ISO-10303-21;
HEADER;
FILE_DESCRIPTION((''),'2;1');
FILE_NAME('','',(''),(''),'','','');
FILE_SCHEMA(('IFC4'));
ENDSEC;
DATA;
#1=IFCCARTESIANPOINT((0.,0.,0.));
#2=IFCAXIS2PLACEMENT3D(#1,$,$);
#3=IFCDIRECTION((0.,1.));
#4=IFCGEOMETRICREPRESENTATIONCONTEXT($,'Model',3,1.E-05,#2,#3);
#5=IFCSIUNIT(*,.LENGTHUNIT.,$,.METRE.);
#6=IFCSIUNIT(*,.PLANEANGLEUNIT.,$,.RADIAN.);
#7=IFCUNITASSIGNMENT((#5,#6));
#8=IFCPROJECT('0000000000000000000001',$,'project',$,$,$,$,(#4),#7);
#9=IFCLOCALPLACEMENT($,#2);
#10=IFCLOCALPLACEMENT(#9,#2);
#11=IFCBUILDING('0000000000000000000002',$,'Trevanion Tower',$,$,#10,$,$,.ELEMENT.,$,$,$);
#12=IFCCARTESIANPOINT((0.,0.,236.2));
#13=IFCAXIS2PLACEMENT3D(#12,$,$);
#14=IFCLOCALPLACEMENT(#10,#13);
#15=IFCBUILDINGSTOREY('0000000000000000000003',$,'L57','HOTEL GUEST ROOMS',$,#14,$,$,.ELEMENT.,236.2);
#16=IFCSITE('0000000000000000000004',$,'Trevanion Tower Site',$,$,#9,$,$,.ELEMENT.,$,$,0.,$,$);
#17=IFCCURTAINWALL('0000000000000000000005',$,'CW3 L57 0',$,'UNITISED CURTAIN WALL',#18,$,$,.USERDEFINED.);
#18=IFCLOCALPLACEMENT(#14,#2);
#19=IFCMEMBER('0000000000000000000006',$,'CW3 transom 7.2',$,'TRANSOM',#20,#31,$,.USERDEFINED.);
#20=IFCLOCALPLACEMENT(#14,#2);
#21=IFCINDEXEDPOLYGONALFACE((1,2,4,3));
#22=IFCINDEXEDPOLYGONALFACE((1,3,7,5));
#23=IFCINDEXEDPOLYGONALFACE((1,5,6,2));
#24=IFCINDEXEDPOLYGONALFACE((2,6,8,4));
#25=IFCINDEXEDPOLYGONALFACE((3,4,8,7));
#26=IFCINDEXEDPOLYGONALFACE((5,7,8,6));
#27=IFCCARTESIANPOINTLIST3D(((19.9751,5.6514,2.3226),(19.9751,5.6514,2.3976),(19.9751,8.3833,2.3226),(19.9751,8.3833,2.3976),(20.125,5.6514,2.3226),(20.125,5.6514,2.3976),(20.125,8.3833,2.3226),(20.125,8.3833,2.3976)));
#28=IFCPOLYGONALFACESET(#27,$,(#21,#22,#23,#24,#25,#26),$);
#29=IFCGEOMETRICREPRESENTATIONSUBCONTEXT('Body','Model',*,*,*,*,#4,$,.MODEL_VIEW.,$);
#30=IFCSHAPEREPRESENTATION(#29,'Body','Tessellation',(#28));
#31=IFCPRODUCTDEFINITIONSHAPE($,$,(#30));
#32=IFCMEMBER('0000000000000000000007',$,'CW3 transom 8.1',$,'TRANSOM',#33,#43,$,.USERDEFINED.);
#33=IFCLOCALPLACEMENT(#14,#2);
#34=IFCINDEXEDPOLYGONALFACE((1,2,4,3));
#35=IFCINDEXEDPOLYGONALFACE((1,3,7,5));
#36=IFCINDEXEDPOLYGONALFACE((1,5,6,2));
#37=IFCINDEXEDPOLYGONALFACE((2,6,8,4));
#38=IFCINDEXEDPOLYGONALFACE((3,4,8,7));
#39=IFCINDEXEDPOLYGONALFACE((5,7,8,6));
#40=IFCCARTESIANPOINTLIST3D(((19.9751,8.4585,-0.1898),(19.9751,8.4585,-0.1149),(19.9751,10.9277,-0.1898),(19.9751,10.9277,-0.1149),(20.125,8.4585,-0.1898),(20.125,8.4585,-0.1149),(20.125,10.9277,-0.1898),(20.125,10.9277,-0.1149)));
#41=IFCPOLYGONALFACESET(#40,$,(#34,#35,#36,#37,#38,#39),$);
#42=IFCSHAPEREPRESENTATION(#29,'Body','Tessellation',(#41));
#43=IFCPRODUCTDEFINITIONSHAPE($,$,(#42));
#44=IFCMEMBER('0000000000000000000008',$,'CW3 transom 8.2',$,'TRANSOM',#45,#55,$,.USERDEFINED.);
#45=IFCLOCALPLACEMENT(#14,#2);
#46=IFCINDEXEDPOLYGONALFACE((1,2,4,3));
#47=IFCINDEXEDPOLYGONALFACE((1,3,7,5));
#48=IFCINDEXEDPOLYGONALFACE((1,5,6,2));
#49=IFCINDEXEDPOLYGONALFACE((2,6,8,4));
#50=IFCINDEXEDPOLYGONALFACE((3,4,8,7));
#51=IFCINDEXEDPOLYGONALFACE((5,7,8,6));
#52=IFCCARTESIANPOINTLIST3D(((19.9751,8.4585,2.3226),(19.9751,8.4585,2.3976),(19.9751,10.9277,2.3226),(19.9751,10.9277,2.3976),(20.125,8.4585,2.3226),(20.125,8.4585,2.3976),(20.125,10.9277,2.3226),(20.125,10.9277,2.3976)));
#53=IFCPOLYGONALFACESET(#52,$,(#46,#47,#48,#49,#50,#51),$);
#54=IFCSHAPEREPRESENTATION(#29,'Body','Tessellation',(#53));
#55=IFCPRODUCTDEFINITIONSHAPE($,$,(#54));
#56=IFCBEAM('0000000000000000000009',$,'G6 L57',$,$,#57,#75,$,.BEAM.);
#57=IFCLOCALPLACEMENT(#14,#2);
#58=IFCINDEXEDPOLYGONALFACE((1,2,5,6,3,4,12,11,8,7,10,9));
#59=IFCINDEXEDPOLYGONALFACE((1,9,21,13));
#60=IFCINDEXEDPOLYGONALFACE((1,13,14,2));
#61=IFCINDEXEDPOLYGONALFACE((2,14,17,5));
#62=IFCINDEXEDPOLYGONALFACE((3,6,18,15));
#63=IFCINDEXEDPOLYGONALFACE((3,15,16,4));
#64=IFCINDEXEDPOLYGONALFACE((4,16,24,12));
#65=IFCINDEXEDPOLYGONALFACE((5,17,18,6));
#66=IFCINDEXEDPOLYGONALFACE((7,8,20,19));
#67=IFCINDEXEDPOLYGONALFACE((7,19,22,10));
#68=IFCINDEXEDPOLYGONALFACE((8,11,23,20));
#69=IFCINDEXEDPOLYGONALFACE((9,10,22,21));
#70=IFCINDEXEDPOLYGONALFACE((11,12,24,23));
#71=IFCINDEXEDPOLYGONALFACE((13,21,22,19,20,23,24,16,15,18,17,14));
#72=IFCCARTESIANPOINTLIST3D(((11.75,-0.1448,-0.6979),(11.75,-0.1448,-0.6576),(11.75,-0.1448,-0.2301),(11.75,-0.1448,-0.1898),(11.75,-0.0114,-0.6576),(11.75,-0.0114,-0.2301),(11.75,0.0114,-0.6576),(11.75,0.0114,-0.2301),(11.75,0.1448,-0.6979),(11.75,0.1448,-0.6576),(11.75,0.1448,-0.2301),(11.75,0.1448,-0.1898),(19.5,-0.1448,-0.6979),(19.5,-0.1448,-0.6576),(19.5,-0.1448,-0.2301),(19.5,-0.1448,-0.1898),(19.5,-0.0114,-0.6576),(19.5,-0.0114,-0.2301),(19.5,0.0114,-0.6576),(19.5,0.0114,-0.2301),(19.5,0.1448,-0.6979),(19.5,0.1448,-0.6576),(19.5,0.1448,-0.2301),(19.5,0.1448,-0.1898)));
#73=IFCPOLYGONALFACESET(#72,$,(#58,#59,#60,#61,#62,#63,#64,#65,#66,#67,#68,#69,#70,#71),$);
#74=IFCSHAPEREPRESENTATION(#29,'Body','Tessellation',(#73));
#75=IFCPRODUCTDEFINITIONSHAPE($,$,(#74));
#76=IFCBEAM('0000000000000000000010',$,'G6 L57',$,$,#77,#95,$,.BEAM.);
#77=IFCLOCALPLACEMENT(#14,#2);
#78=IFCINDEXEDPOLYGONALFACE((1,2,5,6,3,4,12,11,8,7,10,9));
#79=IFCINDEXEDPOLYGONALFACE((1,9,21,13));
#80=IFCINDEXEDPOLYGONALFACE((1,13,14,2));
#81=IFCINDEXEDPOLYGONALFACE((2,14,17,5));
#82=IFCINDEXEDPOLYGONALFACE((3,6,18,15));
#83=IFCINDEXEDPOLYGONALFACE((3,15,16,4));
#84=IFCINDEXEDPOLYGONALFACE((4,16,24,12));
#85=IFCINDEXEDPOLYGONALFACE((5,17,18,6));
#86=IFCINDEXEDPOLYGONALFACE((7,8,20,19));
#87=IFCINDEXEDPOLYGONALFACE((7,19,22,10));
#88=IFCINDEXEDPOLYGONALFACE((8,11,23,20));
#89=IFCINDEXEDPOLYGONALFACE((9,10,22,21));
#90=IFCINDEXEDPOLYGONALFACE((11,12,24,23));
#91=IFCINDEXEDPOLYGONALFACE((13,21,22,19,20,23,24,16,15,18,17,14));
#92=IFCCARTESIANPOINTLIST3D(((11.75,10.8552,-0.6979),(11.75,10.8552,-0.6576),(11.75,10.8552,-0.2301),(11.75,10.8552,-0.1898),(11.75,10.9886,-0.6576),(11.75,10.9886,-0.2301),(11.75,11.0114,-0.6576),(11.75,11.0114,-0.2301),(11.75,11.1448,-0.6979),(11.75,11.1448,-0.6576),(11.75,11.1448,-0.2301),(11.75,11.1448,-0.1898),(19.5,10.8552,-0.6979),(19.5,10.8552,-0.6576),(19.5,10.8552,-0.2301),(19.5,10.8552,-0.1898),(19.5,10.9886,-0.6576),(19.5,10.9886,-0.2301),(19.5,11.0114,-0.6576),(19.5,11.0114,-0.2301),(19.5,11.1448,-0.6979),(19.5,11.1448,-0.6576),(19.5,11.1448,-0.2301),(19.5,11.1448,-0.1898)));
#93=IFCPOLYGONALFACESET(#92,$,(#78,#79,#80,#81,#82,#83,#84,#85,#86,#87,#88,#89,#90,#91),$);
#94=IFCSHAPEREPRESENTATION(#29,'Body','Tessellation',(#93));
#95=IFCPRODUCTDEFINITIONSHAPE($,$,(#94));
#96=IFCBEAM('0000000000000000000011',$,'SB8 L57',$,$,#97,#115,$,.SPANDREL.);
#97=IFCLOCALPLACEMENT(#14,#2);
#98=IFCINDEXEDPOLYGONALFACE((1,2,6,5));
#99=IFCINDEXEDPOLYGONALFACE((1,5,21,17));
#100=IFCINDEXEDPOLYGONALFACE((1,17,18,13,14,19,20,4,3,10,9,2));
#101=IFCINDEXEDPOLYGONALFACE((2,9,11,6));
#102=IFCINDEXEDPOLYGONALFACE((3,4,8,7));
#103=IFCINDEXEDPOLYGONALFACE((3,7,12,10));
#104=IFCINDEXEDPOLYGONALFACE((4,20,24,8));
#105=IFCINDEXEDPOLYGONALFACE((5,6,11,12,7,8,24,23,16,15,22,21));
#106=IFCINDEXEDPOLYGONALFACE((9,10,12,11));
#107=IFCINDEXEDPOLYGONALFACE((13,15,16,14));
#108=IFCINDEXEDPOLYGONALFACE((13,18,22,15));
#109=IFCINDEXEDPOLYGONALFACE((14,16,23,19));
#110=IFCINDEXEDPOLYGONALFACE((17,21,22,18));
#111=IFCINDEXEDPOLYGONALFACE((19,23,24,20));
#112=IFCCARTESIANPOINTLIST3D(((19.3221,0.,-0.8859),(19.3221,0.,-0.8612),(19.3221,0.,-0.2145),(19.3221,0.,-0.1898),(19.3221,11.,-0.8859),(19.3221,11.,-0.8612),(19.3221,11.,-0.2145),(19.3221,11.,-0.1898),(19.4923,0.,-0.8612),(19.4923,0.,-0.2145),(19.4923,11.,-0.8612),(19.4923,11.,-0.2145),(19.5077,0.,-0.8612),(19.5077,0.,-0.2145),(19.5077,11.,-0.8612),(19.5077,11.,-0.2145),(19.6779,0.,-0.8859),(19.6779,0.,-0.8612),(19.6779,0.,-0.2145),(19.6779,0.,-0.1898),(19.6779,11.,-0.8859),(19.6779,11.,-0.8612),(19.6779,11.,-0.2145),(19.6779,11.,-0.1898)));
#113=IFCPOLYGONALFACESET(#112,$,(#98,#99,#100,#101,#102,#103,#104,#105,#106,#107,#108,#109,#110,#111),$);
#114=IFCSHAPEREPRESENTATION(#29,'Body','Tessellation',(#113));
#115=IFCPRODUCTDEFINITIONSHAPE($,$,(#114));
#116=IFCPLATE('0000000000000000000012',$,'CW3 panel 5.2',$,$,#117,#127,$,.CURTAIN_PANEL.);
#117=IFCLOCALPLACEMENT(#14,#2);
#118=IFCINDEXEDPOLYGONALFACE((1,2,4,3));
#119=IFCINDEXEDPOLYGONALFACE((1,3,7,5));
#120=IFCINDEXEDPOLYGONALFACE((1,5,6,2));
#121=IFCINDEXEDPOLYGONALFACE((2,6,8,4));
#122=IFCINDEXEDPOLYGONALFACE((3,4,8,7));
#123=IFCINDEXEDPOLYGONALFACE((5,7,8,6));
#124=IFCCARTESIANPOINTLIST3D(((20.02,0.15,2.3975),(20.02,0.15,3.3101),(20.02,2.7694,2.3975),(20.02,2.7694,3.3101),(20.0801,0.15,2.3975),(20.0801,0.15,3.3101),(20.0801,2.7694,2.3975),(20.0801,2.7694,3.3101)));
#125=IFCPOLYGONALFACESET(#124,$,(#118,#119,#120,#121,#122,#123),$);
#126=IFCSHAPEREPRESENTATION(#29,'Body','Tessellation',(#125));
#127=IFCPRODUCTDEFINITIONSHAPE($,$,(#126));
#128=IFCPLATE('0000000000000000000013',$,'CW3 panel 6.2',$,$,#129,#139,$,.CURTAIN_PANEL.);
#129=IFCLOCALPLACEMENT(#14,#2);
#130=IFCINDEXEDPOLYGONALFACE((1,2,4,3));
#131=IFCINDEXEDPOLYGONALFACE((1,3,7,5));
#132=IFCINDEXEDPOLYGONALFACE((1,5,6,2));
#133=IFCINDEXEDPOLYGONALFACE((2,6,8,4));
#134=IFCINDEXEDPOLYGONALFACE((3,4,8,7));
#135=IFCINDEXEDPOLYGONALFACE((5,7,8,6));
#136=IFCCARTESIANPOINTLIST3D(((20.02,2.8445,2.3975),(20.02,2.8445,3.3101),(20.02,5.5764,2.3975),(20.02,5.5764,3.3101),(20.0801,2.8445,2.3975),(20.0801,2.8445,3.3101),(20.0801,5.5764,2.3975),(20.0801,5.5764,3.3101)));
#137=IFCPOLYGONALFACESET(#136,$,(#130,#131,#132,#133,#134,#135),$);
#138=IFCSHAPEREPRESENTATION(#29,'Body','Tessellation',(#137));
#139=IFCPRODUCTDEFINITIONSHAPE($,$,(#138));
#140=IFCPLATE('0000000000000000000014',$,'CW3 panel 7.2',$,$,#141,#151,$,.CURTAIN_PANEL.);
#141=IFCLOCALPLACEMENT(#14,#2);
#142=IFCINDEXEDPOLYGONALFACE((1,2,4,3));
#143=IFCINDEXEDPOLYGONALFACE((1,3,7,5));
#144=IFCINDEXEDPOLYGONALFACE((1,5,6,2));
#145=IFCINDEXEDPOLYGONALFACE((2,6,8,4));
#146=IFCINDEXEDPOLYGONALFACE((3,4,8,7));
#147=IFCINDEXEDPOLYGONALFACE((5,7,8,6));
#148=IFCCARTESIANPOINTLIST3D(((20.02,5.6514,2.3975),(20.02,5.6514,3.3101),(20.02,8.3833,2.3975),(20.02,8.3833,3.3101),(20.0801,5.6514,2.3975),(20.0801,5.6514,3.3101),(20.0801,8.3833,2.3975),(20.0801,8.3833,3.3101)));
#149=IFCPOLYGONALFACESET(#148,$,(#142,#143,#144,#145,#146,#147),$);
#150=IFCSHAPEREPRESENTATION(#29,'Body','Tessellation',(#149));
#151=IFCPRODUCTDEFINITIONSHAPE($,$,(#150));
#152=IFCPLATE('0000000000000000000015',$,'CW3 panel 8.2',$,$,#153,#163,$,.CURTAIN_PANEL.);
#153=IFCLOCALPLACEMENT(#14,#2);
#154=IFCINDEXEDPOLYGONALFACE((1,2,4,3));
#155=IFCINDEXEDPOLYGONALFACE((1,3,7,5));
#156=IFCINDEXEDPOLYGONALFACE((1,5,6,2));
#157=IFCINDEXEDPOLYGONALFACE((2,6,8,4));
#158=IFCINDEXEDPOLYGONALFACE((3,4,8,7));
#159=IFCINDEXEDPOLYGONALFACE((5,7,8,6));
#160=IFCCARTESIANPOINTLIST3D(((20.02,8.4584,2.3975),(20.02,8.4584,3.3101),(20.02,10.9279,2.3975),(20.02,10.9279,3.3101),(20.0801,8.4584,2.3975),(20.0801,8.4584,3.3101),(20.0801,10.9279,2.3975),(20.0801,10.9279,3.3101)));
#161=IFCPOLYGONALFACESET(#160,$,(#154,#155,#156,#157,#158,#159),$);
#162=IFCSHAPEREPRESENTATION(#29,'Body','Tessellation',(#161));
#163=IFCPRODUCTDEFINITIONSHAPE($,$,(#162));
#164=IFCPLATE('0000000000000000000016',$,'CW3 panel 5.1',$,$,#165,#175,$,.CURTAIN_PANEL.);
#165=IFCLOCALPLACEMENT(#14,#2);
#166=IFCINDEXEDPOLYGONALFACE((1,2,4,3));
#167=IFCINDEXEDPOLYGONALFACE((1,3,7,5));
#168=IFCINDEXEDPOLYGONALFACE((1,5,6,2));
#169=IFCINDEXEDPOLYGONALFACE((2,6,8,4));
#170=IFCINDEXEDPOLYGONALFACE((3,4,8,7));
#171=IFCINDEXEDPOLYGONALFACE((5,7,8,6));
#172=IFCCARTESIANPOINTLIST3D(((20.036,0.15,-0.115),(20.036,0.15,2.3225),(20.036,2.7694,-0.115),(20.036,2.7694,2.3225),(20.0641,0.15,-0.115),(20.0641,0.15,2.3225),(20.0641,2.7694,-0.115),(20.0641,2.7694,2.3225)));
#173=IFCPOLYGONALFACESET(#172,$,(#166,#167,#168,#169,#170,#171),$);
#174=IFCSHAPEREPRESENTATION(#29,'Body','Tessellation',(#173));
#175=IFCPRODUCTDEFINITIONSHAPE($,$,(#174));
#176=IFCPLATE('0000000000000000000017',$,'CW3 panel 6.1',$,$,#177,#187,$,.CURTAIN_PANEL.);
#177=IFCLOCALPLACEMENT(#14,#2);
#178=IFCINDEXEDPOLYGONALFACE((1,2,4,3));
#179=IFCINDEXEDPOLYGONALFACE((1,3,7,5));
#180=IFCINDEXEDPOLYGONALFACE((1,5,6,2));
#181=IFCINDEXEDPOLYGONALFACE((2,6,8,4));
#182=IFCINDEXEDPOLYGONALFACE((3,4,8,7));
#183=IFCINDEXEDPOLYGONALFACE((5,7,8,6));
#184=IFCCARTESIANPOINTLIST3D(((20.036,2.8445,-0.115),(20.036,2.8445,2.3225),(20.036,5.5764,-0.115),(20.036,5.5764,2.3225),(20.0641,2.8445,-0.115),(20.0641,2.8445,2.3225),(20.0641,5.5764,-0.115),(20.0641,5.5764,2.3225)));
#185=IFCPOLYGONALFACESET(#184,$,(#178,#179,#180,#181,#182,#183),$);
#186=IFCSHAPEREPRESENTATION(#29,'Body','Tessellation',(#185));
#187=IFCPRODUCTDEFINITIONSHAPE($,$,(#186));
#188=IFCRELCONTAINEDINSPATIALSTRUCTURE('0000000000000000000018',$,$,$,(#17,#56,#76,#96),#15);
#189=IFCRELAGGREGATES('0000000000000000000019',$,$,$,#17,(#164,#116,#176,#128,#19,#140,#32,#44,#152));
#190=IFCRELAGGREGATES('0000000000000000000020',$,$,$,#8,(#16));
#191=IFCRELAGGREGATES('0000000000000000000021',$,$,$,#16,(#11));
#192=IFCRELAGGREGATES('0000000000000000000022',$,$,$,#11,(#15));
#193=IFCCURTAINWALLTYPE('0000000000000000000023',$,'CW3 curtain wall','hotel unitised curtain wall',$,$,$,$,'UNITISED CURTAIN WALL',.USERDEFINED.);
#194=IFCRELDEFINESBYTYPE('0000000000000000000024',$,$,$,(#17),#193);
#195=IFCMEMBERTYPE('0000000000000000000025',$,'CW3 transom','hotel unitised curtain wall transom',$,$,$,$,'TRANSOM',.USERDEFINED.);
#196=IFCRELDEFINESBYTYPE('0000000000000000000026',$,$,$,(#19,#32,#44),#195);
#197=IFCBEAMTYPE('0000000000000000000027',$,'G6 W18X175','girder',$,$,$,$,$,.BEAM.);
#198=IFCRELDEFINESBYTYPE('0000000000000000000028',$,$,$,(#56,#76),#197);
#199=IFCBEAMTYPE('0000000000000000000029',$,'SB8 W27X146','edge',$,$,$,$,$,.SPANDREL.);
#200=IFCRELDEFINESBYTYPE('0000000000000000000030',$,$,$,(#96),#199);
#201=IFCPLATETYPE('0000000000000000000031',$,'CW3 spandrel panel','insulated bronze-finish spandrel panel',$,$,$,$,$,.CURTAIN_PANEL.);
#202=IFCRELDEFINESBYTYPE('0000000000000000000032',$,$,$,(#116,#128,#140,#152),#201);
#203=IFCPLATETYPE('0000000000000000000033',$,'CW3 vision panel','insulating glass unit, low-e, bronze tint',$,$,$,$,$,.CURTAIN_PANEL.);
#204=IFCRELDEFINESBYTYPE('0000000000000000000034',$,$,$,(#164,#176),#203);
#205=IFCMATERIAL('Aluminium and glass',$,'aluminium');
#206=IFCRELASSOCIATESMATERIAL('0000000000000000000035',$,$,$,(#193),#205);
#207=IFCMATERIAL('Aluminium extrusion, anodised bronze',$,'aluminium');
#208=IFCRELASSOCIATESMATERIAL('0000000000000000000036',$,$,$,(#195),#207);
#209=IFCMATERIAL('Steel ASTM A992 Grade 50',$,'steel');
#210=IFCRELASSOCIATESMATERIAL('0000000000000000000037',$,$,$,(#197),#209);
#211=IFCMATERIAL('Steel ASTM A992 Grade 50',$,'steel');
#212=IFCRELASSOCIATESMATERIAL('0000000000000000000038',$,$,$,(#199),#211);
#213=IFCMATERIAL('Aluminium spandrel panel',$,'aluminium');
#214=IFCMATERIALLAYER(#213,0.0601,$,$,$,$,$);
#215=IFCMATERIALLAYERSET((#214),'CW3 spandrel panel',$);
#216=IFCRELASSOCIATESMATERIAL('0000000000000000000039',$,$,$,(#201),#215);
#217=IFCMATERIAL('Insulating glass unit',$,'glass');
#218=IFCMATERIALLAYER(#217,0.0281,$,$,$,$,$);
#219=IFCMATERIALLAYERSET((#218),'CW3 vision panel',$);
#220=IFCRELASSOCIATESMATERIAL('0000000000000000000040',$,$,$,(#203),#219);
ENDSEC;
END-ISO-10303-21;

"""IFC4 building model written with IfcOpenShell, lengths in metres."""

from ifc_helpers import new_model, si_unit, direction, frame, origin, origin_2d, place, context, subcontext, project, spatial, rectangle, i_section, extrude, material, layer, layer_set, material_profile, profile_set, type_object, element, aggregate, save


model = new_model("IFC4")

# Units and contexts
model_context = context("Model", 3, precision=1e-05, world=origin(), true_north=direction((0.0, 1.0)))
body_context = subcontext(model_context, "Body", "Model", "MODEL_VIEW")
ifc_project = project(units=[si_unit("LENGTHUNIT", "METRE"), si_unit("PLANEANGLEUNIT", "RADIAN")], contexts=[model_context])

# Site, building, storey
site_placement = place(None, origin())
site = spatial("IfcSite", under=ifc_project, at=site_placement, Name="Trevanion Tower Site", CompositionType="ELEMENT", RefElevation=0.0)
building_placement = place(site_placement, origin())
building = spatial("IfcBuilding", under=site, at=building_placement, Name="Trevanion Tower", CompositionType="ELEMENT")
storey_placement = place(building_placement, frame((0.0, 0.0, 236.2)))
storey = spatial("IfcBuildingStorey", under=building, at=storey_placement, Name="L57", Description="HOTEL GUEST ROOMS", CompositionType="ELEMENT", Elevation=236.2)

# Curtain wall, members
ifc_material_1 = material(Name="Aluminium and glass", Category="aluminium")
curtain_wall_type = type_object("IfcCurtainWallType", Name="CW3 curtain wall", Description="hotel unitised curtain wall", ElementType="UNITISED CURTAIN WALL", PredefinedType="USERDEFINED", material=ifc_material_1)
curtain_wall_placement = place(storey_placement, origin())
curtain_wall = element("IfcCurtainWall", 1, at=curtain_wall_placement, inside=storey, type_object=curtain_wall_type, Name="CW3 L57 0", ObjectType="UNITISED CURTAIN WALL", PredefinedType="USERDEFINED")
ifc_material_2 = material(Name="Aluminium extrusion, anodised bronze", Category="aluminium")
ifc_material_profile_1 = material_profile(ifc_material_2, rectangle(XDim=0.1499, YDim=0.075, at=origin_2d()), Name="CW3 transom")
ifc_profile_set_1 = profile_set([ifc_material_profile_1], Name="Aluminium extrusion, anodised bronze")
member_type_1 = type_object("IfcMemberType", Name="CW3 transom", Description="hotel unitised curtain wall transom", ElementType="TRANSOM", PredefinedType="USERDEFINED", material=ifc_profile_set_1)
member_1_placement = place(storey_placement, frame((20.05, 5.6514, 2.3601), z_axis=(0.0, 1.0, 0.0), x_axis=(-1.0, 0.0, 0.0)))
member_1 = element("IfcMember", 2, at=member_1_placement, type_object=member_type_1, Name="CW3 transom 7.2", ObjectType="TRANSOM", PredefinedType="USERDEFINED", context=body_context, shape_type="SweptSolid", body=[
    extrude(rectangle(XDim=0.1499, YDim=0.075, at=origin_2d()), origin(), (0.0, 0.0, 1.0), 2.7319),
])
member_2_placement = place(storey_placement, frame((20.05, 8.4585, -0.1523), z_axis=(0.0, 1.0, 0.0), x_axis=(-1.0, 0.0, 0.0)))
member_2 = element("IfcMember", 3, at=member_2_placement, type_object=member_type_1, Name="CW3 transom 8.1", ObjectType="TRANSOM", PredefinedType="USERDEFINED", context=body_context, shape_type="SweptSolid", body=[
    extrude(rectangle(XDim=0.1499, YDim=0.075, at=origin_2d()), origin(), (0.0, 0.0, 1.0), 2.4692),
])
member_3_placement = place(storey_placement, frame((20.05, 8.4585, 2.3601), z_axis=(0.0, 1.0, 0.0), x_axis=(-1.0, 0.0, 0.0)))
member_3 = element("IfcMember", 4, at=member_3_placement, type_object=member_type_1, Name="CW3 transom 8.2", ObjectType="TRANSOM", PredefinedType="USERDEFINED", context=body_context, shape_type="SweptSolid", body=[
    extrude(rectangle(XDim=0.1499, YDim=0.075, at=origin_2d()), origin(), (0.0, 0.0, 1.0), 2.4692),
])

# Beams
ifc_material_3 = material(Name="Steel ASTM A992 Grade 50", Category="steel")
ifc_material_profile_2 = material_profile(ifc_material_3, i_section(OverallWidth=0.2896, OverallDepth=0.5081, WebThickness=0.0227, FlangeThickness=0.0403, at=origin_2d()), Name="W18X175")
ifc_profile_set_2 = profile_set([ifc_material_profile_2], Name="Steel ASTM A992 Grade 50")
beam_type_1 = type_object("IfcBeamType", Name="G6 W18X175", Description="girder", PredefinedType="BEAM", material=ifc_profile_set_2)
for number, where, z_axis, x_axis, name in (
    (5, (11.75, 0.0, -0.4438), (1.0, 0.0, 0.0), (0.0, 1.0, 0.0), "G6 L57"),
    (6, (11.75, 11.0, -0.4438), (1.0, 0.0, 0.0), (0.0, 1.0, 0.0), "G6 L57"),
):
    element("IfcBeam", number, at=place(storey_placement, frame(where, z_axis=z_axis, x_axis=x_axis)), inside=storey, type_object=beam_type_1, Name=name, PredefinedType="BEAM", context=body_context, shape_type="SweptSolid", body=[
        extrude(i_section(OverallWidth=0.2896, OverallDepth=0.5081, WebThickness=0.0227, FlangeThickness=0.0403, at=origin_2d()), origin(), (0.0, 0.0, 1.0), 7.75),
    ])
ifc_material_4 = material(Name="Steel ASTM A992 Grade 50", Category="steel")
ifc_material_profile_3 = material_profile(ifc_material_4, i_section(OverallWidth=0.3557, OverallDepth=0.696, WebThickness=0.0154, FlangeThickness=0.0247, at=origin_2d()), Name="W27X146")
ifc_profile_set_3 = profile_set([ifc_material_profile_3], Name="Steel ASTM A992 Grade 50")
beam_type_2 = type_object("IfcBeamType", Name="SB8 W27X146", Description="edge", PredefinedType="SPANDREL", material=ifc_profile_set_3)
beam_placement = place(storey_placement, frame((19.5, 0.0, -0.5378), z_axis=(0.0, 1.0, 0.0), x_axis=(-1.0, 0.0, 0.0)))
element("IfcBeam", 7, at=beam_placement, inside=storey, type_object=beam_type_2, Name="SB8 L57", PredefinedType="SPANDREL", context=body_context, shape_type="SweptSolid", body=[
    extrude(i_section(OverallWidth=0.3557, OverallDepth=0.696, WebThickness=0.0154, FlangeThickness=0.0247, at=origin_2d()), origin(), (0.0, 0.0, 1.0), 11.0),
])

# Plates
ifc_material_5 = material(Name="Aluminium spandrel panel", Category="aluminium")
ifc_layer_1 = layer(ifc_material_5, 0.0601)
ifc_layer_set_1 = layer_set([ifc_layer_1], Name="CW3 spandrel panel")
plate_type_1 = type_object("IfcPlateType", Name="CW3 spandrel panel", Description="insulated bronze-finish spandrel panel", PredefinedType="CURTAIN_PANEL", material=ifc_layer_set_1)
plate_1_placement = place(storey_placement, frame((20.05, 1.4597, 2.3975), z_axis=(0.0, 0.0, 1.0), x_axis=(0.0, 1.0, 0.0)))
plate_1 = element("IfcPlate", 8, at=plate_1_placement, type_object=plate_type_1, Name="CW3 panel 5.2", PredefinedType="CURTAIN_PANEL", context=body_context, shape_type="SweptSolid", body=[
    extrude(rectangle(XDim=2.6194, YDim=0.0601, at=origin_2d()), origin(), (0.0, 0.0, 1.0), 0.9126),
])
plate_2_placement = place(storey_placement, frame((20.05, 4.2104, 2.3975), z_axis=(0.0, 0.0, 1.0), x_axis=(0.0, 1.0, 0.0)))
plate_2 = element("IfcPlate", 9, at=plate_2_placement, type_object=plate_type_1, Name="CW3 panel 6.2", PredefinedType="CURTAIN_PANEL", context=body_context, shape_type="SweptSolid", body=[
    extrude(rectangle(XDim=2.7319, YDim=0.0601, at=origin_2d()), origin(), (0.0, 0.0, 1.0), 0.9126),
])
plate_3_placement = place(storey_placement, frame((20.05, 7.0173, 2.3975), z_axis=(0.0, 0.0, 1.0), x_axis=(0.0, 1.0, 0.0)))
plate_3 = element("IfcPlate", 10, at=plate_3_placement, type_object=plate_type_1, Name="CW3 panel 7.2", PredefinedType="CURTAIN_PANEL", context=body_context, shape_type="SweptSolid", body=[
    extrude(rectangle(XDim=2.7319, YDim=0.0601, at=origin_2d()), origin(), (0.0, 0.0, 1.0), 0.9126),
])
plate_4_placement = place(storey_placement, frame((20.05, 9.6931, 2.3975), z_axis=(0.0, 0.0, 1.0), x_axis=(0.0, 1.0, 0.0)))
plate_4 = element("IfcPlate", 11, at=plate_4_placement, type_object=plate_type_1, Name="CW3 panel 8.2", PredefinedType="CURTAIN_PANEL", context=body_context, shape_type="SweptSolid", body=[
    extrude(rectangle(XDim=2.4695, YDim=0.0601, at=origin_2d()), origin(), (0.0, 0.0, 1.0), 0.9126),
])
ifc_material_6 = material(Name="Insulating glass unit", Category="glass")
ifc_layer_2 = layer(ifc_material_6, 0.0281)
ifc_layer_set_2 = layer_set([ifc_layer_2], Name="CW3 vision panel")
plate_type_2 = type_object("IfcPlateType", Name="CW3 vision panel", Description="insulating glass unit, low-e, bronze tint", PredefinedType="CURTAIN_PANEL", material=ifc_layer_set_2)
plate_5_placement = place(storey_placement, frame((20.05, 1.4597, -0.115), z_axis=(0.0, 0.0, 1.0), x_axis=(0.0, 1.0, 0.0)))
plate_5 = element("IfcPlate", 12, at=plate_5_placement, type_object=plate_type_2, Name="CW3 panel 5.1", PredefinedType="CURTAIN_PANEL", context=body_context, shape_type="SweptSolid", body=[
    extrude(rectangle(XDim=2.6194, YDim=0.0281, at=origin_2d()), origin(), (0.0, 0.0, 1.0), 2.4375),
])
plate_6_placement = place(storey_placement, frame((20.05, 4.2104, -0.115), z_axis=(0.0, 0.0, 1.0), x_axis=(0.0, 1.0, 0.0)))
plate_6 = element("IfcPlate", 13, at=plate_6_placement, type_object=plate_type_2, Name="CW3 panel 6.1", PredefinedType="CURTAIN_PANEL", context=body_context, shape_type="SweptSolid", body=[
    extrude(rectangle(XDim=2.7319, YDim=0.0281, at=origin_2d()), origin(), (0.0, 0.0, 1.0), 2.4375),
])
aggregate(curtain_wall, [plate_5, plate_1, plate_6, plate_2, member_1, plate_3, member_2, member_3, plate_4])

save(model, "model.ifc")
